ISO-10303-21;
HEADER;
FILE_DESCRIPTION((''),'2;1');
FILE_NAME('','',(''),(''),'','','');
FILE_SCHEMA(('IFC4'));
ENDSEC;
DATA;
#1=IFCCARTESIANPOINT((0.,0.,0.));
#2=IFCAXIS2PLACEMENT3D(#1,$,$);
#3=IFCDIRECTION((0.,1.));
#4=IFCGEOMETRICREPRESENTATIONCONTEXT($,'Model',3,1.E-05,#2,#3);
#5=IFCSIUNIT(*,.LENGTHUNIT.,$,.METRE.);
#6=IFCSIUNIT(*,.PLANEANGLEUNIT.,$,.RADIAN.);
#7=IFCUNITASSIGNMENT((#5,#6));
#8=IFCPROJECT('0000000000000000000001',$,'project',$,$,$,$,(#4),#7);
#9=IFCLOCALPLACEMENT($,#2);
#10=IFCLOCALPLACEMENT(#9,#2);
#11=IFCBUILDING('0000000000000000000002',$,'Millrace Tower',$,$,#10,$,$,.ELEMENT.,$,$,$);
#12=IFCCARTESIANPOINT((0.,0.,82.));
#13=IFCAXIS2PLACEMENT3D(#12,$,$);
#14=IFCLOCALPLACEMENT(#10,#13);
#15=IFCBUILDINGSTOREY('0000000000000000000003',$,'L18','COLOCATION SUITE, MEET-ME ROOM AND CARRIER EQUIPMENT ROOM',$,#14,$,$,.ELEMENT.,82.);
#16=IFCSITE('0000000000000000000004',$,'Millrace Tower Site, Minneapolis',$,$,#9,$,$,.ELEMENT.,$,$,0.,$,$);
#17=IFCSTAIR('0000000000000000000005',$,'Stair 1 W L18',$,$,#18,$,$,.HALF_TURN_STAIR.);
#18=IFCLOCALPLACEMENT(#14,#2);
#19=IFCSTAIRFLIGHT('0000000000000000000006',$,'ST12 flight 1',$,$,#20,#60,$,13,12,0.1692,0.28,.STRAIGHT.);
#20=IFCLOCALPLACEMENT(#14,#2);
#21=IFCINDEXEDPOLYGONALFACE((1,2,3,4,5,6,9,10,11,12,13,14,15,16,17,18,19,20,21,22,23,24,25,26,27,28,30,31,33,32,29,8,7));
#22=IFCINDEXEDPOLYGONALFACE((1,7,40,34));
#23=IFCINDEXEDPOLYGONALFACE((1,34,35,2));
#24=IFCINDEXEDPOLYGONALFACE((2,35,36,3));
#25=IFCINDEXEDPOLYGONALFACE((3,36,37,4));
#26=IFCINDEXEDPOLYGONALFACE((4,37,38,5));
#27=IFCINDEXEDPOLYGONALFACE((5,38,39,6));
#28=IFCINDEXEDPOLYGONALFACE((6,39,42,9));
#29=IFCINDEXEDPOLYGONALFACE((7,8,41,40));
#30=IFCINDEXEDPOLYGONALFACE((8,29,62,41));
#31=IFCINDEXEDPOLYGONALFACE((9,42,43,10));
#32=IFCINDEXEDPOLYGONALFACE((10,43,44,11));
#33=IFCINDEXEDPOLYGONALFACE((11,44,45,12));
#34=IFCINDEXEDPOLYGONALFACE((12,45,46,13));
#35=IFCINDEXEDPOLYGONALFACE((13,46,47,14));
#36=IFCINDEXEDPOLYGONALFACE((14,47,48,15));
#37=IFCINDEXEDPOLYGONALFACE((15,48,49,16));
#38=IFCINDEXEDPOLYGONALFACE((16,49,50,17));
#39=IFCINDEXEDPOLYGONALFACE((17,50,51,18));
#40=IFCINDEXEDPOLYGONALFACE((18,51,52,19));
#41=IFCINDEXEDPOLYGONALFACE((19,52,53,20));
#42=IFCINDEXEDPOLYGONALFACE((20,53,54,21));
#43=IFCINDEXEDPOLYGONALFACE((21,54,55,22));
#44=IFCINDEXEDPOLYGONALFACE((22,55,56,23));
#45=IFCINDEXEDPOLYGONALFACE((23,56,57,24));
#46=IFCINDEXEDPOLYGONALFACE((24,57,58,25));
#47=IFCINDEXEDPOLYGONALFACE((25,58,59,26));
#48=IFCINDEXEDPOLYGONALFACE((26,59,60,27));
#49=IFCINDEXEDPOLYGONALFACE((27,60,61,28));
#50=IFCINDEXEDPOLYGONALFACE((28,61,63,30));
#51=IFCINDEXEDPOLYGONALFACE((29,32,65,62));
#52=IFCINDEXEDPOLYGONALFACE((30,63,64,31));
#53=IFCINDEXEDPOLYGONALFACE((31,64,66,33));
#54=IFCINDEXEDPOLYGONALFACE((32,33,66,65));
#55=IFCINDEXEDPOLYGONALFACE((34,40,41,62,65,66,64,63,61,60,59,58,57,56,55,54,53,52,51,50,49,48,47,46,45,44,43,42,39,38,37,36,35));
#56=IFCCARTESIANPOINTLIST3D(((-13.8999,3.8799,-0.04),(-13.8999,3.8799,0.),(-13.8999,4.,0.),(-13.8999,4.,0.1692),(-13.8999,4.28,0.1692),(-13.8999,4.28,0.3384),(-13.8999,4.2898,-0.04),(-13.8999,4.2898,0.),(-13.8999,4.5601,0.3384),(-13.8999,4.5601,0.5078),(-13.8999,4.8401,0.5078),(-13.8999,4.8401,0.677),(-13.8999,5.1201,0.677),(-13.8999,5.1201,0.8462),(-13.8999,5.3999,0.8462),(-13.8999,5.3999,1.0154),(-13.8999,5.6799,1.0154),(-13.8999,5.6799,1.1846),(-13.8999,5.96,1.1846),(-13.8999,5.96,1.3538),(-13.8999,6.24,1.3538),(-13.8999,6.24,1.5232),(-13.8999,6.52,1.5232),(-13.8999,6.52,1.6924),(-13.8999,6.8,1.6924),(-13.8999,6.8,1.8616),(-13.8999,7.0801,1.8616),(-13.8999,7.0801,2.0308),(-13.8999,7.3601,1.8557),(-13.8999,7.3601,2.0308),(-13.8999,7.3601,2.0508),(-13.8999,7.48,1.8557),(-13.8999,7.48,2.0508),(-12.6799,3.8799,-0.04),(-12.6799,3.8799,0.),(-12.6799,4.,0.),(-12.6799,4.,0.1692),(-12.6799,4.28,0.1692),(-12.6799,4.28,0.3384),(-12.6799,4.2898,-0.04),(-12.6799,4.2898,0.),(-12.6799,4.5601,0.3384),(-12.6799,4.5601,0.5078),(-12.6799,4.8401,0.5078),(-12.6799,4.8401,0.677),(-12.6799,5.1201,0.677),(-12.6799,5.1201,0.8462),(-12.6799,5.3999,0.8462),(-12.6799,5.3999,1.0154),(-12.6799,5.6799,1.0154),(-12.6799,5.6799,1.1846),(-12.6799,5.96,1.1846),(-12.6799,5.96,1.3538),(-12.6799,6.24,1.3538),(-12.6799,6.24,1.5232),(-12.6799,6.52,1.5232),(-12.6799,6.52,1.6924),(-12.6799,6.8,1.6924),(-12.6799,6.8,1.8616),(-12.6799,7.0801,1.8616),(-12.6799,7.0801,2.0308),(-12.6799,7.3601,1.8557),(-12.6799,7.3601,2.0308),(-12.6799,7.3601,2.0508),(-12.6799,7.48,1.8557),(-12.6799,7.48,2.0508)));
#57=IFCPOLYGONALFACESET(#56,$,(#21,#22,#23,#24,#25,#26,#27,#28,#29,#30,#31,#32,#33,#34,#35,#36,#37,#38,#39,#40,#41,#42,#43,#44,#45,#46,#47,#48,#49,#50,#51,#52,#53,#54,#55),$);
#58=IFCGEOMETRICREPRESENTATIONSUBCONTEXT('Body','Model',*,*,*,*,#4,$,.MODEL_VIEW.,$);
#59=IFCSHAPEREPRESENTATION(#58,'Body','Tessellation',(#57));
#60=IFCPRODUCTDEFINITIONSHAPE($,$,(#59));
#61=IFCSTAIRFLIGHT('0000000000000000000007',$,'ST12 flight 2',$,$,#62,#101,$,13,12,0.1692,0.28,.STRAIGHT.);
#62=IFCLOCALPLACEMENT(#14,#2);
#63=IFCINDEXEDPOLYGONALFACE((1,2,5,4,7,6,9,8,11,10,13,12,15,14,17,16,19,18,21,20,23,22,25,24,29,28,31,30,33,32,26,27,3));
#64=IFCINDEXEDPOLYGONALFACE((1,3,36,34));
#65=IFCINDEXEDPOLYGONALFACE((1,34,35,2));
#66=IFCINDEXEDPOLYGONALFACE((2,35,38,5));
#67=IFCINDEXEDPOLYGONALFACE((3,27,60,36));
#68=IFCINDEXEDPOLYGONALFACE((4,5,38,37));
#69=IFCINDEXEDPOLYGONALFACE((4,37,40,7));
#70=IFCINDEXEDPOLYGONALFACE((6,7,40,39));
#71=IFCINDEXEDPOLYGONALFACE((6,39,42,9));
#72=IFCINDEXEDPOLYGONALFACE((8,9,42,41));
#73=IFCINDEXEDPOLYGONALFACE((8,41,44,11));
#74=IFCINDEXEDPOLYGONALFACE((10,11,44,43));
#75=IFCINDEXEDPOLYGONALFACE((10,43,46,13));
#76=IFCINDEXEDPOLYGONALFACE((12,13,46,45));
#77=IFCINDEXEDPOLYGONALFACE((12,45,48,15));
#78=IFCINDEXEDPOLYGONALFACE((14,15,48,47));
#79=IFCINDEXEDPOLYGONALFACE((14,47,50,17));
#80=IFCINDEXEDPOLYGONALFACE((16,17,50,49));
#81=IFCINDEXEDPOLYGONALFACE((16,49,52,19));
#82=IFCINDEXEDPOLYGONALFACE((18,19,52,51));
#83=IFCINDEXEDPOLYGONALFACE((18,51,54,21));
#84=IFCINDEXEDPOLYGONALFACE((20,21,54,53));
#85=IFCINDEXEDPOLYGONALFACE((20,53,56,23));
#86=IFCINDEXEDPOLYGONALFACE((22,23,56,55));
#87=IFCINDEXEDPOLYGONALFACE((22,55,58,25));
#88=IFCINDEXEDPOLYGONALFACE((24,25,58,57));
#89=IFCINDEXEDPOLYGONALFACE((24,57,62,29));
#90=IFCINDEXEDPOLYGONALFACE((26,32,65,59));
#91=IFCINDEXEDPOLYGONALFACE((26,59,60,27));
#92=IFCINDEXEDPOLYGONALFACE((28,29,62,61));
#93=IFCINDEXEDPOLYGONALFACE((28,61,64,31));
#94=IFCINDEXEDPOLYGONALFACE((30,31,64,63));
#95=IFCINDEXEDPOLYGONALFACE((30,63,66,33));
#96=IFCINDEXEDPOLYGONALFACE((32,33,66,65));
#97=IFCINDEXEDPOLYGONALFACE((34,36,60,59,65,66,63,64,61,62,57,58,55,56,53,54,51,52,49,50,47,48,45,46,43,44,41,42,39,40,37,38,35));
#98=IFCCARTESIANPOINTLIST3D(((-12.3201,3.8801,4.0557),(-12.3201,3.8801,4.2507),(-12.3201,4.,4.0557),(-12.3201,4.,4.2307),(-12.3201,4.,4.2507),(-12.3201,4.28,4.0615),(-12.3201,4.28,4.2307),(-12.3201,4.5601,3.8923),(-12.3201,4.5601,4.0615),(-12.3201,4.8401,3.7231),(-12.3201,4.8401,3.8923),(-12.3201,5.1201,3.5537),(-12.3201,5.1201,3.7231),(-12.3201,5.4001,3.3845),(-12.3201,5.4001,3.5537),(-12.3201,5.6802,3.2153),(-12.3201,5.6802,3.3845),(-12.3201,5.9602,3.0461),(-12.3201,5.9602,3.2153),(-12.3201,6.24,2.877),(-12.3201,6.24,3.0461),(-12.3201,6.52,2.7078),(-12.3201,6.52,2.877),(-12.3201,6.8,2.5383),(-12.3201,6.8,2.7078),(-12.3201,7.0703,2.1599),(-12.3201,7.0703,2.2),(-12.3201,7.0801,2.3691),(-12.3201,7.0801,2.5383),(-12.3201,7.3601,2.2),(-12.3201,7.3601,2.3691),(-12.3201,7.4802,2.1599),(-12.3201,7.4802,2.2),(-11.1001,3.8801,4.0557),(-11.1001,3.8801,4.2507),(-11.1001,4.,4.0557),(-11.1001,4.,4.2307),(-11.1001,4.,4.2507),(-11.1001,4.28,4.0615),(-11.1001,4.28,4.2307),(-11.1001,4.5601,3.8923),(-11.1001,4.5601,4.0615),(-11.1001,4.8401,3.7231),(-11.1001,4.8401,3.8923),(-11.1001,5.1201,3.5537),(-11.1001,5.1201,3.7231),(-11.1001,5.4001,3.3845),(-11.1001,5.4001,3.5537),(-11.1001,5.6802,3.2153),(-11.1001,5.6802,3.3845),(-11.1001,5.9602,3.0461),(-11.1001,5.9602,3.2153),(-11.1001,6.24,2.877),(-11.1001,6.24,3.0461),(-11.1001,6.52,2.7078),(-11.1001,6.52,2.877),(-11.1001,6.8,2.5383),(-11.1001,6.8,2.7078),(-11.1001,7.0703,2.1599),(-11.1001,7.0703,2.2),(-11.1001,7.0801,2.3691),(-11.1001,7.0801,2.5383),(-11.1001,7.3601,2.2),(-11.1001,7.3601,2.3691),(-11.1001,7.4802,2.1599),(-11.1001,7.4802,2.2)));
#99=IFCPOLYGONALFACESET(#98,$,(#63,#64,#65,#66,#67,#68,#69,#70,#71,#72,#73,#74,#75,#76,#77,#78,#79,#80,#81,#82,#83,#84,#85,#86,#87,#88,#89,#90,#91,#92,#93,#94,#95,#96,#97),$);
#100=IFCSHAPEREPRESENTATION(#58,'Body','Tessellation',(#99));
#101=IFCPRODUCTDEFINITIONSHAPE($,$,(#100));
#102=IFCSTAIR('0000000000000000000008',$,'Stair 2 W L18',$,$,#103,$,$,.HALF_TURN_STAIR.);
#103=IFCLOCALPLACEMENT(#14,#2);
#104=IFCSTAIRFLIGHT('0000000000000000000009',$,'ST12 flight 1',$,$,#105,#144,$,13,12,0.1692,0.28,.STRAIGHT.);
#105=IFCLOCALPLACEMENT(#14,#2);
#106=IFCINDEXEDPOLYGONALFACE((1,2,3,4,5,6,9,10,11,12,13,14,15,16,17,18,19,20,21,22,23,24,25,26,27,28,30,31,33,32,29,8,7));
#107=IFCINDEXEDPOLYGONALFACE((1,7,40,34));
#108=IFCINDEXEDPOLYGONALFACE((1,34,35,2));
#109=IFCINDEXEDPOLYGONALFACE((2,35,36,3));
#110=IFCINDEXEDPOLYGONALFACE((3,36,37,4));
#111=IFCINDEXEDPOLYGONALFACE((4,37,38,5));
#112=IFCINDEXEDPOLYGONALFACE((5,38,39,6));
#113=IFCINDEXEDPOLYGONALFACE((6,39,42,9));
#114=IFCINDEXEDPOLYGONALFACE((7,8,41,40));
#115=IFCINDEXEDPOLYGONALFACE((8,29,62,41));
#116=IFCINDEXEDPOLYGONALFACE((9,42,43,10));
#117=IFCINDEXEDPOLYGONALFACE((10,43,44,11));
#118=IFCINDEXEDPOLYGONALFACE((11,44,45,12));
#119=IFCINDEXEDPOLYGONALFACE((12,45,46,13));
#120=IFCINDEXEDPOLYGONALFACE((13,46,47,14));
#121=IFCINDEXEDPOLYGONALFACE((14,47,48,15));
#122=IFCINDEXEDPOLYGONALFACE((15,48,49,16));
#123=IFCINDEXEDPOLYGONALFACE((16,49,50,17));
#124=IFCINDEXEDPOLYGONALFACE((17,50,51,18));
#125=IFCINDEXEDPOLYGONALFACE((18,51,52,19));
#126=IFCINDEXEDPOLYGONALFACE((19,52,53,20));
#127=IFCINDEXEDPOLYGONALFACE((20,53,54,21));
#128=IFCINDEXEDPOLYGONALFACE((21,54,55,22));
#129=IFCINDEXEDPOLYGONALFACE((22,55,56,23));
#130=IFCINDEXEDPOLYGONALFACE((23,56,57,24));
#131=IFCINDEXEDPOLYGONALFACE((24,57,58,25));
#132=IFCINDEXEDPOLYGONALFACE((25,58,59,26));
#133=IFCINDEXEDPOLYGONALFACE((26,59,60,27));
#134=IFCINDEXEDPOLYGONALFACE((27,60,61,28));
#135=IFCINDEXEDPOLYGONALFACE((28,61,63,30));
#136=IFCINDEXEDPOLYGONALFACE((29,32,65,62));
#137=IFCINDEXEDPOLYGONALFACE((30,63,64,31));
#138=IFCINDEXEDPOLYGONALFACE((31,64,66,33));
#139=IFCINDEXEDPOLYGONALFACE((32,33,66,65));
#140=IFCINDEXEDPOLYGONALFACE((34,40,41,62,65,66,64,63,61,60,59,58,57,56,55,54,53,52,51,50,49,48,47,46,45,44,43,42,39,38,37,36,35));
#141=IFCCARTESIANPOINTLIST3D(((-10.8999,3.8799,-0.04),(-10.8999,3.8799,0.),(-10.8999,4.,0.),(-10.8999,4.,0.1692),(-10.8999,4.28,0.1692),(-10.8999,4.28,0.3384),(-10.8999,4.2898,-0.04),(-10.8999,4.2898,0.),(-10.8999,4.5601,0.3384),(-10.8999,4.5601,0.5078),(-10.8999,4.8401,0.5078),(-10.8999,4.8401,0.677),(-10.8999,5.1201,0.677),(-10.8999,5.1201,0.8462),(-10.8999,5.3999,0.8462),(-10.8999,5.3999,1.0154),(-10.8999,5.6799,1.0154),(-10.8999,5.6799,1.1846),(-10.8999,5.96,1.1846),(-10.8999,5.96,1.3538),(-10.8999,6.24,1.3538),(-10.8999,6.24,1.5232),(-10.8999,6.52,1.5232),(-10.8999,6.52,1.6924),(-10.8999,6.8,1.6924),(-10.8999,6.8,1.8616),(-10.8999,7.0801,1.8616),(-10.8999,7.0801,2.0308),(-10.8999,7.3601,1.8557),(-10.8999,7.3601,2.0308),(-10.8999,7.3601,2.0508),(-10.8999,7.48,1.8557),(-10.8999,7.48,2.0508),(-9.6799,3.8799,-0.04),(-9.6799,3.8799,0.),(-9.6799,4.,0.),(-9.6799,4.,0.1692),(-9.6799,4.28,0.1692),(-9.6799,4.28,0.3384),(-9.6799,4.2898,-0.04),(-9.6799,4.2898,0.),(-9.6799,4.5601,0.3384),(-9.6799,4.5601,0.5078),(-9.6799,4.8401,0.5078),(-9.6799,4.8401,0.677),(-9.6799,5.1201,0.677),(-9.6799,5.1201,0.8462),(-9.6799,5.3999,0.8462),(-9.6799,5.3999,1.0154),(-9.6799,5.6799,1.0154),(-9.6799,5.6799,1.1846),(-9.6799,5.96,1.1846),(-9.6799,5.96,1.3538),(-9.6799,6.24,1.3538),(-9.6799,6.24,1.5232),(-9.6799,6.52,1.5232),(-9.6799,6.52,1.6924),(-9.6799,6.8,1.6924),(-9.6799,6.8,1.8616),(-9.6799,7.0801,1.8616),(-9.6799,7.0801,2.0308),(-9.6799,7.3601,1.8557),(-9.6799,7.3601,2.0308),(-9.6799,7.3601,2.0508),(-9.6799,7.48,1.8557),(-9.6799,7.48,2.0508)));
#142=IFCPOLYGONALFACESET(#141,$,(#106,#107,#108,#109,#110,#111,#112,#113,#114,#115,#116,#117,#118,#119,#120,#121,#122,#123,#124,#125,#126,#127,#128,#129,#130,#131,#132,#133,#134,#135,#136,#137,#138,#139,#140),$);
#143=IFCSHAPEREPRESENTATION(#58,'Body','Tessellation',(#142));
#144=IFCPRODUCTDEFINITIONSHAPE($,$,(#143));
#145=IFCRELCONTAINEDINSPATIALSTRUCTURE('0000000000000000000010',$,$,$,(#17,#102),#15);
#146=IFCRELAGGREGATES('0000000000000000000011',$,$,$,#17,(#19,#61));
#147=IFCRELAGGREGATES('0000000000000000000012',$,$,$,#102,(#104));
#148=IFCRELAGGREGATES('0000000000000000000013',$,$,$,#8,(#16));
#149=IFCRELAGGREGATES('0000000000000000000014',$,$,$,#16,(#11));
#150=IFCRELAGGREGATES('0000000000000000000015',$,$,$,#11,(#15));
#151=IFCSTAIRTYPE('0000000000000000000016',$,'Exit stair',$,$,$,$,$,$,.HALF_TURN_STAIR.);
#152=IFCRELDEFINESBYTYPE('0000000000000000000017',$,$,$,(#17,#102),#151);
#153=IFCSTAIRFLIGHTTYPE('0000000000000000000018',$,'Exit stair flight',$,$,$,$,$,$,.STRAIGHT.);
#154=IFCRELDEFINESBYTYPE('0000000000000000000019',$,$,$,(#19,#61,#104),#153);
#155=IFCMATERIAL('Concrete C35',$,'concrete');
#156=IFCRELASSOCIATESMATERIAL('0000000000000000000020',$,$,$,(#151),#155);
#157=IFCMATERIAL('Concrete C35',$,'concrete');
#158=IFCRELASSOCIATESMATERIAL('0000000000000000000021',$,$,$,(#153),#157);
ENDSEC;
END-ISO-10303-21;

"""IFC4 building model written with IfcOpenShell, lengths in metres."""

from ifc_helpers import new_model, si_unit, direction, frame, origin, place, context, subcontext, project, spatial, polyline, outline, extrude, material, type_object, element, aggregate, save


model = new_model("IFC4")

# Units and contexts
model_context = context("Model", 3, precision=1e-05, world=origin(), true_north=direction((0.0, 1.0)))
body_context = subcontext(model_context, "Body", "Model", "MODEL_VIEW")
ifc_project = project(units=[si_unit("LENGTHUNIT", "METRE"), si_unit("PLANEANGLEUNIT", "RADIAN")], contexts=[model_context])

# Site, building, storey
site_placement = place(None, origin())
site = spatial("IfcSite", under=ifc_project, at=site_placement, Name="Millrace Tower Site, Minneapolis", CompositionType="ELEMENT", RefElevation=0.0)
building_placement = place(site_placement, origin())
building = spatial("IfcBuilding", under=site, at=building_placement, Name="Millrace Tower", CompositionType="ELEMENT")
storey_placement = place(building_placement, frame((0.0, 0.0, 82.0)))
storey = spatial("IfcBuildingStorey", under=building, at=storey_placement, Name="L18", Description="COLOCATION SUITE, MEET-ME ROOM AND CARRIER EQUIPMENT ROOM", CompositionType="ELEMENT", Elevation=82.0)

# Shared definitions
placement = place(storey_placement, origin())

# Stair, stair flights
ifc_material_1 = material(Name="Concrete C35", Category="concrete")
stair_type = type_object("IfcStairType", Name="Exit stair", PredefinedType="HALF_TURN_STAIR", material=ifc_material_1)
stair_1 = element("IfcStair", 1, at=placement, inside=storey, type_object=stair_type, Name="Stair 1 W L18", PredefinedType="HALF_TURN_STAIR")
ifc_material_2 = material(Name="Concrete C35", Category="concrete")
stair_flight_type = type_object("IfcStairFlightType", Name="Exit stair flight", PredefinedType="STRAIGHT", material=ifc_material_2)
stair_flight_1_placement = place(storey_placement, frame((-13.29, 4.0, 0.0), z_axis=(0.0, 0.0, 1.0), x_axis=(0.0, 1.0, 0.0)))
stair_flight_1 = element("IfcStairFlight", 2, at=stair_flight_1_placement, type_object=stair_flight_type, Name="ST12 flight 1", NumberOfRisers=13, NumberOfTreads=12, PredefinedType="STRAIGHT", RiserHeight=0.1692, TreadLength=0.28, context=body_context, shape_type="SweptSolid", body=[
    extrude(outline(polyline([(-0.1201, -0.04), (-0.1201, 0.0), (0.0, 0.0), (0.0, 0.1692), (0.28, 0.1692), (0.28, 0.3384), (0.5601, 0.3384), (0.5601, 0.5078), (0.8401, 0.5078), (0.8401, 0.677), (1.1201, 0.677), (1.1201, 0.8462), (1.3999, 0.8462), (1.3999, 1.0154), (1.6799, 1.0154), (1.6799, 1.1846), (1.96, 1.1846), (1.96, 1.3538), (2.24, 1.3538), (2.24, 1.5232), (2.52, 1.5232), (2.52, 1.6924), (2.8, 1.6924), (2.8, 1.8616), (3.0801, 1.8616), (3.0801, 2.0308), (3.3601, 2.0308), (3.3601, 2.0508), (3.48, 2.0508), (3.48, 1.8557), (3.3601, 1.8557), (0.2898, 0.0), (0.2898, -0.04), (-0.1201, -0.04)])), frame((0.0, 0.6099, 0.0), z_axis=(0.0, -1.0, 0.0), x_axis=(1.0, 0.0, 0.0)), (0.0, 0.0, 1.0), 1.22),
])
stair_flight_2_placement = place(storey_placement, frame((-11.71, 7.3601, 2.2), z_axis=(0.0, 0.0, 1.0), x_axis=(0.0, -1.0, 0.0)))
stair_flight_2 = element("IfcStairFlight", 3, at=stair_flight_2_placement, type_object=stair_flight_type, Name="ST12 flight 2", NumberOfRisers=13, NumberOfTreads=12, PredefinedType="STRAIGHT", RiserHeight=0.1692, TreadLength=0.28, context=body_context, shape_type="SweptSolid", body=[
    extrude(outline(polyline([(-0.1201, -0.04), (-0.1201, 0.0), (0.0, 0.0), (0.0, 0.1692), (0.28, 0.1692), (0.28, 0.3384), (0.5601, 0.3384), (0.5601, 0.5078), (0.8401, 0.5078), (0.8401, 0.677), (1.1201, 0.677), (1.1201, 0.8462), (1.3999, 0.8462), (1.3999, 1.0154), (1.6799, 1.0154), (1.6799, 1.1846), (1.96, 1.1846), (1.96, 1.3538), (2.24, 1.3538), (2.24, 1.5232), (2.52, 1.5232), (2.52, 1.6924), (2.8, 1.6924), (2.8, 1.8616), (3.0801, 1.8616), (3.0801, 2.0308), (3.3601, 2.0308), (3.3601, 2.0508), (3.48, 2.0508), (3.48, 1.8557), (3.3601, 1.8557), (0.2898, 0.0), (0.2898, -0.04), (-0.1201, -0.04)])), frame((0.0, 0.6099, 0.0), z_axis=(0.0, -1.0, 0.0), x_axis=(1.0, 0.0, 0.0)), (0.0, 0.0, 1.0), 1.22),
])
aggregate(stair_1, [stair_flight_1, stair_flight_2])

# Stair, stair flight
stair_2 = element("IfcStair", 4, at=placement, inside=storey, type_object=stair_type, Name="Stair 2 W L18", PredefinedType="HALF_TURN_STAIR")
stair_flight_3_placement = place(storey_placement, frame((-10.29, 4.0, 0.0), z_axis=(0.0, 0.0, 1.0), x_axis=(0.0, 1.0, 0.0)))
stair_flight_3 = element("IfcStairFlight", 5, at=stair_flight_3_placement, type_object=stair_flight_type, Name="ST12 flight 1", NumberOfRisers=13, NumberOfTreads=12, PredefinedType="STRAIGHT", RiserHeight=0.1692, TreadLength=0.28, context=body_context, shape_type="SweptSolid", body=[
    extrude(outline(polyline([(-0.1201, -0.04), (-0.1201, 0.0), (0.0, 0.0), (0.0, 0.1692), (0.28, 0.1692), (0.28, 0.3384), (0.5601, 0.3384), (0.5601, 0.5078), (0.8401, 0.5078), (0.8401, 0.677), (1.1201, 0.677), (1.1201, 0.8462), (1.3999, 0.8462), (1.3999, 1.0154), (1.6799, 1.0154), (1.6799, 1.1846), (1.96, 1.1846), (1.96, 1.3538), (2.24, 1.3538), (2.24, 1.5232), (2.52, 1.5232), (2.52, 1.6924), (2.8, 1.6924), (2.8, 1.8616), (3.0801, 1.8616), (3.0801, 2.0308), (3.3601, 2.0308), (3.3601, 2.0508), (3.48, 2.0508), (3.48, 1.8557), (3.3601, 1.8557), (0.2898, 0.0), (0.2898, -0.04), (-0.1201, -0.04)])), frame((0.0, 0.6099, 0.0), z_axis=(0.0, -1.0, 0.0), x_axis=(1.0, 0.0, 0.0)), (0.0, 0.0, 1.0), 1.22),
])
aggregate(stair_2, [stair_flight_3])

save(model, "model.ifc")
